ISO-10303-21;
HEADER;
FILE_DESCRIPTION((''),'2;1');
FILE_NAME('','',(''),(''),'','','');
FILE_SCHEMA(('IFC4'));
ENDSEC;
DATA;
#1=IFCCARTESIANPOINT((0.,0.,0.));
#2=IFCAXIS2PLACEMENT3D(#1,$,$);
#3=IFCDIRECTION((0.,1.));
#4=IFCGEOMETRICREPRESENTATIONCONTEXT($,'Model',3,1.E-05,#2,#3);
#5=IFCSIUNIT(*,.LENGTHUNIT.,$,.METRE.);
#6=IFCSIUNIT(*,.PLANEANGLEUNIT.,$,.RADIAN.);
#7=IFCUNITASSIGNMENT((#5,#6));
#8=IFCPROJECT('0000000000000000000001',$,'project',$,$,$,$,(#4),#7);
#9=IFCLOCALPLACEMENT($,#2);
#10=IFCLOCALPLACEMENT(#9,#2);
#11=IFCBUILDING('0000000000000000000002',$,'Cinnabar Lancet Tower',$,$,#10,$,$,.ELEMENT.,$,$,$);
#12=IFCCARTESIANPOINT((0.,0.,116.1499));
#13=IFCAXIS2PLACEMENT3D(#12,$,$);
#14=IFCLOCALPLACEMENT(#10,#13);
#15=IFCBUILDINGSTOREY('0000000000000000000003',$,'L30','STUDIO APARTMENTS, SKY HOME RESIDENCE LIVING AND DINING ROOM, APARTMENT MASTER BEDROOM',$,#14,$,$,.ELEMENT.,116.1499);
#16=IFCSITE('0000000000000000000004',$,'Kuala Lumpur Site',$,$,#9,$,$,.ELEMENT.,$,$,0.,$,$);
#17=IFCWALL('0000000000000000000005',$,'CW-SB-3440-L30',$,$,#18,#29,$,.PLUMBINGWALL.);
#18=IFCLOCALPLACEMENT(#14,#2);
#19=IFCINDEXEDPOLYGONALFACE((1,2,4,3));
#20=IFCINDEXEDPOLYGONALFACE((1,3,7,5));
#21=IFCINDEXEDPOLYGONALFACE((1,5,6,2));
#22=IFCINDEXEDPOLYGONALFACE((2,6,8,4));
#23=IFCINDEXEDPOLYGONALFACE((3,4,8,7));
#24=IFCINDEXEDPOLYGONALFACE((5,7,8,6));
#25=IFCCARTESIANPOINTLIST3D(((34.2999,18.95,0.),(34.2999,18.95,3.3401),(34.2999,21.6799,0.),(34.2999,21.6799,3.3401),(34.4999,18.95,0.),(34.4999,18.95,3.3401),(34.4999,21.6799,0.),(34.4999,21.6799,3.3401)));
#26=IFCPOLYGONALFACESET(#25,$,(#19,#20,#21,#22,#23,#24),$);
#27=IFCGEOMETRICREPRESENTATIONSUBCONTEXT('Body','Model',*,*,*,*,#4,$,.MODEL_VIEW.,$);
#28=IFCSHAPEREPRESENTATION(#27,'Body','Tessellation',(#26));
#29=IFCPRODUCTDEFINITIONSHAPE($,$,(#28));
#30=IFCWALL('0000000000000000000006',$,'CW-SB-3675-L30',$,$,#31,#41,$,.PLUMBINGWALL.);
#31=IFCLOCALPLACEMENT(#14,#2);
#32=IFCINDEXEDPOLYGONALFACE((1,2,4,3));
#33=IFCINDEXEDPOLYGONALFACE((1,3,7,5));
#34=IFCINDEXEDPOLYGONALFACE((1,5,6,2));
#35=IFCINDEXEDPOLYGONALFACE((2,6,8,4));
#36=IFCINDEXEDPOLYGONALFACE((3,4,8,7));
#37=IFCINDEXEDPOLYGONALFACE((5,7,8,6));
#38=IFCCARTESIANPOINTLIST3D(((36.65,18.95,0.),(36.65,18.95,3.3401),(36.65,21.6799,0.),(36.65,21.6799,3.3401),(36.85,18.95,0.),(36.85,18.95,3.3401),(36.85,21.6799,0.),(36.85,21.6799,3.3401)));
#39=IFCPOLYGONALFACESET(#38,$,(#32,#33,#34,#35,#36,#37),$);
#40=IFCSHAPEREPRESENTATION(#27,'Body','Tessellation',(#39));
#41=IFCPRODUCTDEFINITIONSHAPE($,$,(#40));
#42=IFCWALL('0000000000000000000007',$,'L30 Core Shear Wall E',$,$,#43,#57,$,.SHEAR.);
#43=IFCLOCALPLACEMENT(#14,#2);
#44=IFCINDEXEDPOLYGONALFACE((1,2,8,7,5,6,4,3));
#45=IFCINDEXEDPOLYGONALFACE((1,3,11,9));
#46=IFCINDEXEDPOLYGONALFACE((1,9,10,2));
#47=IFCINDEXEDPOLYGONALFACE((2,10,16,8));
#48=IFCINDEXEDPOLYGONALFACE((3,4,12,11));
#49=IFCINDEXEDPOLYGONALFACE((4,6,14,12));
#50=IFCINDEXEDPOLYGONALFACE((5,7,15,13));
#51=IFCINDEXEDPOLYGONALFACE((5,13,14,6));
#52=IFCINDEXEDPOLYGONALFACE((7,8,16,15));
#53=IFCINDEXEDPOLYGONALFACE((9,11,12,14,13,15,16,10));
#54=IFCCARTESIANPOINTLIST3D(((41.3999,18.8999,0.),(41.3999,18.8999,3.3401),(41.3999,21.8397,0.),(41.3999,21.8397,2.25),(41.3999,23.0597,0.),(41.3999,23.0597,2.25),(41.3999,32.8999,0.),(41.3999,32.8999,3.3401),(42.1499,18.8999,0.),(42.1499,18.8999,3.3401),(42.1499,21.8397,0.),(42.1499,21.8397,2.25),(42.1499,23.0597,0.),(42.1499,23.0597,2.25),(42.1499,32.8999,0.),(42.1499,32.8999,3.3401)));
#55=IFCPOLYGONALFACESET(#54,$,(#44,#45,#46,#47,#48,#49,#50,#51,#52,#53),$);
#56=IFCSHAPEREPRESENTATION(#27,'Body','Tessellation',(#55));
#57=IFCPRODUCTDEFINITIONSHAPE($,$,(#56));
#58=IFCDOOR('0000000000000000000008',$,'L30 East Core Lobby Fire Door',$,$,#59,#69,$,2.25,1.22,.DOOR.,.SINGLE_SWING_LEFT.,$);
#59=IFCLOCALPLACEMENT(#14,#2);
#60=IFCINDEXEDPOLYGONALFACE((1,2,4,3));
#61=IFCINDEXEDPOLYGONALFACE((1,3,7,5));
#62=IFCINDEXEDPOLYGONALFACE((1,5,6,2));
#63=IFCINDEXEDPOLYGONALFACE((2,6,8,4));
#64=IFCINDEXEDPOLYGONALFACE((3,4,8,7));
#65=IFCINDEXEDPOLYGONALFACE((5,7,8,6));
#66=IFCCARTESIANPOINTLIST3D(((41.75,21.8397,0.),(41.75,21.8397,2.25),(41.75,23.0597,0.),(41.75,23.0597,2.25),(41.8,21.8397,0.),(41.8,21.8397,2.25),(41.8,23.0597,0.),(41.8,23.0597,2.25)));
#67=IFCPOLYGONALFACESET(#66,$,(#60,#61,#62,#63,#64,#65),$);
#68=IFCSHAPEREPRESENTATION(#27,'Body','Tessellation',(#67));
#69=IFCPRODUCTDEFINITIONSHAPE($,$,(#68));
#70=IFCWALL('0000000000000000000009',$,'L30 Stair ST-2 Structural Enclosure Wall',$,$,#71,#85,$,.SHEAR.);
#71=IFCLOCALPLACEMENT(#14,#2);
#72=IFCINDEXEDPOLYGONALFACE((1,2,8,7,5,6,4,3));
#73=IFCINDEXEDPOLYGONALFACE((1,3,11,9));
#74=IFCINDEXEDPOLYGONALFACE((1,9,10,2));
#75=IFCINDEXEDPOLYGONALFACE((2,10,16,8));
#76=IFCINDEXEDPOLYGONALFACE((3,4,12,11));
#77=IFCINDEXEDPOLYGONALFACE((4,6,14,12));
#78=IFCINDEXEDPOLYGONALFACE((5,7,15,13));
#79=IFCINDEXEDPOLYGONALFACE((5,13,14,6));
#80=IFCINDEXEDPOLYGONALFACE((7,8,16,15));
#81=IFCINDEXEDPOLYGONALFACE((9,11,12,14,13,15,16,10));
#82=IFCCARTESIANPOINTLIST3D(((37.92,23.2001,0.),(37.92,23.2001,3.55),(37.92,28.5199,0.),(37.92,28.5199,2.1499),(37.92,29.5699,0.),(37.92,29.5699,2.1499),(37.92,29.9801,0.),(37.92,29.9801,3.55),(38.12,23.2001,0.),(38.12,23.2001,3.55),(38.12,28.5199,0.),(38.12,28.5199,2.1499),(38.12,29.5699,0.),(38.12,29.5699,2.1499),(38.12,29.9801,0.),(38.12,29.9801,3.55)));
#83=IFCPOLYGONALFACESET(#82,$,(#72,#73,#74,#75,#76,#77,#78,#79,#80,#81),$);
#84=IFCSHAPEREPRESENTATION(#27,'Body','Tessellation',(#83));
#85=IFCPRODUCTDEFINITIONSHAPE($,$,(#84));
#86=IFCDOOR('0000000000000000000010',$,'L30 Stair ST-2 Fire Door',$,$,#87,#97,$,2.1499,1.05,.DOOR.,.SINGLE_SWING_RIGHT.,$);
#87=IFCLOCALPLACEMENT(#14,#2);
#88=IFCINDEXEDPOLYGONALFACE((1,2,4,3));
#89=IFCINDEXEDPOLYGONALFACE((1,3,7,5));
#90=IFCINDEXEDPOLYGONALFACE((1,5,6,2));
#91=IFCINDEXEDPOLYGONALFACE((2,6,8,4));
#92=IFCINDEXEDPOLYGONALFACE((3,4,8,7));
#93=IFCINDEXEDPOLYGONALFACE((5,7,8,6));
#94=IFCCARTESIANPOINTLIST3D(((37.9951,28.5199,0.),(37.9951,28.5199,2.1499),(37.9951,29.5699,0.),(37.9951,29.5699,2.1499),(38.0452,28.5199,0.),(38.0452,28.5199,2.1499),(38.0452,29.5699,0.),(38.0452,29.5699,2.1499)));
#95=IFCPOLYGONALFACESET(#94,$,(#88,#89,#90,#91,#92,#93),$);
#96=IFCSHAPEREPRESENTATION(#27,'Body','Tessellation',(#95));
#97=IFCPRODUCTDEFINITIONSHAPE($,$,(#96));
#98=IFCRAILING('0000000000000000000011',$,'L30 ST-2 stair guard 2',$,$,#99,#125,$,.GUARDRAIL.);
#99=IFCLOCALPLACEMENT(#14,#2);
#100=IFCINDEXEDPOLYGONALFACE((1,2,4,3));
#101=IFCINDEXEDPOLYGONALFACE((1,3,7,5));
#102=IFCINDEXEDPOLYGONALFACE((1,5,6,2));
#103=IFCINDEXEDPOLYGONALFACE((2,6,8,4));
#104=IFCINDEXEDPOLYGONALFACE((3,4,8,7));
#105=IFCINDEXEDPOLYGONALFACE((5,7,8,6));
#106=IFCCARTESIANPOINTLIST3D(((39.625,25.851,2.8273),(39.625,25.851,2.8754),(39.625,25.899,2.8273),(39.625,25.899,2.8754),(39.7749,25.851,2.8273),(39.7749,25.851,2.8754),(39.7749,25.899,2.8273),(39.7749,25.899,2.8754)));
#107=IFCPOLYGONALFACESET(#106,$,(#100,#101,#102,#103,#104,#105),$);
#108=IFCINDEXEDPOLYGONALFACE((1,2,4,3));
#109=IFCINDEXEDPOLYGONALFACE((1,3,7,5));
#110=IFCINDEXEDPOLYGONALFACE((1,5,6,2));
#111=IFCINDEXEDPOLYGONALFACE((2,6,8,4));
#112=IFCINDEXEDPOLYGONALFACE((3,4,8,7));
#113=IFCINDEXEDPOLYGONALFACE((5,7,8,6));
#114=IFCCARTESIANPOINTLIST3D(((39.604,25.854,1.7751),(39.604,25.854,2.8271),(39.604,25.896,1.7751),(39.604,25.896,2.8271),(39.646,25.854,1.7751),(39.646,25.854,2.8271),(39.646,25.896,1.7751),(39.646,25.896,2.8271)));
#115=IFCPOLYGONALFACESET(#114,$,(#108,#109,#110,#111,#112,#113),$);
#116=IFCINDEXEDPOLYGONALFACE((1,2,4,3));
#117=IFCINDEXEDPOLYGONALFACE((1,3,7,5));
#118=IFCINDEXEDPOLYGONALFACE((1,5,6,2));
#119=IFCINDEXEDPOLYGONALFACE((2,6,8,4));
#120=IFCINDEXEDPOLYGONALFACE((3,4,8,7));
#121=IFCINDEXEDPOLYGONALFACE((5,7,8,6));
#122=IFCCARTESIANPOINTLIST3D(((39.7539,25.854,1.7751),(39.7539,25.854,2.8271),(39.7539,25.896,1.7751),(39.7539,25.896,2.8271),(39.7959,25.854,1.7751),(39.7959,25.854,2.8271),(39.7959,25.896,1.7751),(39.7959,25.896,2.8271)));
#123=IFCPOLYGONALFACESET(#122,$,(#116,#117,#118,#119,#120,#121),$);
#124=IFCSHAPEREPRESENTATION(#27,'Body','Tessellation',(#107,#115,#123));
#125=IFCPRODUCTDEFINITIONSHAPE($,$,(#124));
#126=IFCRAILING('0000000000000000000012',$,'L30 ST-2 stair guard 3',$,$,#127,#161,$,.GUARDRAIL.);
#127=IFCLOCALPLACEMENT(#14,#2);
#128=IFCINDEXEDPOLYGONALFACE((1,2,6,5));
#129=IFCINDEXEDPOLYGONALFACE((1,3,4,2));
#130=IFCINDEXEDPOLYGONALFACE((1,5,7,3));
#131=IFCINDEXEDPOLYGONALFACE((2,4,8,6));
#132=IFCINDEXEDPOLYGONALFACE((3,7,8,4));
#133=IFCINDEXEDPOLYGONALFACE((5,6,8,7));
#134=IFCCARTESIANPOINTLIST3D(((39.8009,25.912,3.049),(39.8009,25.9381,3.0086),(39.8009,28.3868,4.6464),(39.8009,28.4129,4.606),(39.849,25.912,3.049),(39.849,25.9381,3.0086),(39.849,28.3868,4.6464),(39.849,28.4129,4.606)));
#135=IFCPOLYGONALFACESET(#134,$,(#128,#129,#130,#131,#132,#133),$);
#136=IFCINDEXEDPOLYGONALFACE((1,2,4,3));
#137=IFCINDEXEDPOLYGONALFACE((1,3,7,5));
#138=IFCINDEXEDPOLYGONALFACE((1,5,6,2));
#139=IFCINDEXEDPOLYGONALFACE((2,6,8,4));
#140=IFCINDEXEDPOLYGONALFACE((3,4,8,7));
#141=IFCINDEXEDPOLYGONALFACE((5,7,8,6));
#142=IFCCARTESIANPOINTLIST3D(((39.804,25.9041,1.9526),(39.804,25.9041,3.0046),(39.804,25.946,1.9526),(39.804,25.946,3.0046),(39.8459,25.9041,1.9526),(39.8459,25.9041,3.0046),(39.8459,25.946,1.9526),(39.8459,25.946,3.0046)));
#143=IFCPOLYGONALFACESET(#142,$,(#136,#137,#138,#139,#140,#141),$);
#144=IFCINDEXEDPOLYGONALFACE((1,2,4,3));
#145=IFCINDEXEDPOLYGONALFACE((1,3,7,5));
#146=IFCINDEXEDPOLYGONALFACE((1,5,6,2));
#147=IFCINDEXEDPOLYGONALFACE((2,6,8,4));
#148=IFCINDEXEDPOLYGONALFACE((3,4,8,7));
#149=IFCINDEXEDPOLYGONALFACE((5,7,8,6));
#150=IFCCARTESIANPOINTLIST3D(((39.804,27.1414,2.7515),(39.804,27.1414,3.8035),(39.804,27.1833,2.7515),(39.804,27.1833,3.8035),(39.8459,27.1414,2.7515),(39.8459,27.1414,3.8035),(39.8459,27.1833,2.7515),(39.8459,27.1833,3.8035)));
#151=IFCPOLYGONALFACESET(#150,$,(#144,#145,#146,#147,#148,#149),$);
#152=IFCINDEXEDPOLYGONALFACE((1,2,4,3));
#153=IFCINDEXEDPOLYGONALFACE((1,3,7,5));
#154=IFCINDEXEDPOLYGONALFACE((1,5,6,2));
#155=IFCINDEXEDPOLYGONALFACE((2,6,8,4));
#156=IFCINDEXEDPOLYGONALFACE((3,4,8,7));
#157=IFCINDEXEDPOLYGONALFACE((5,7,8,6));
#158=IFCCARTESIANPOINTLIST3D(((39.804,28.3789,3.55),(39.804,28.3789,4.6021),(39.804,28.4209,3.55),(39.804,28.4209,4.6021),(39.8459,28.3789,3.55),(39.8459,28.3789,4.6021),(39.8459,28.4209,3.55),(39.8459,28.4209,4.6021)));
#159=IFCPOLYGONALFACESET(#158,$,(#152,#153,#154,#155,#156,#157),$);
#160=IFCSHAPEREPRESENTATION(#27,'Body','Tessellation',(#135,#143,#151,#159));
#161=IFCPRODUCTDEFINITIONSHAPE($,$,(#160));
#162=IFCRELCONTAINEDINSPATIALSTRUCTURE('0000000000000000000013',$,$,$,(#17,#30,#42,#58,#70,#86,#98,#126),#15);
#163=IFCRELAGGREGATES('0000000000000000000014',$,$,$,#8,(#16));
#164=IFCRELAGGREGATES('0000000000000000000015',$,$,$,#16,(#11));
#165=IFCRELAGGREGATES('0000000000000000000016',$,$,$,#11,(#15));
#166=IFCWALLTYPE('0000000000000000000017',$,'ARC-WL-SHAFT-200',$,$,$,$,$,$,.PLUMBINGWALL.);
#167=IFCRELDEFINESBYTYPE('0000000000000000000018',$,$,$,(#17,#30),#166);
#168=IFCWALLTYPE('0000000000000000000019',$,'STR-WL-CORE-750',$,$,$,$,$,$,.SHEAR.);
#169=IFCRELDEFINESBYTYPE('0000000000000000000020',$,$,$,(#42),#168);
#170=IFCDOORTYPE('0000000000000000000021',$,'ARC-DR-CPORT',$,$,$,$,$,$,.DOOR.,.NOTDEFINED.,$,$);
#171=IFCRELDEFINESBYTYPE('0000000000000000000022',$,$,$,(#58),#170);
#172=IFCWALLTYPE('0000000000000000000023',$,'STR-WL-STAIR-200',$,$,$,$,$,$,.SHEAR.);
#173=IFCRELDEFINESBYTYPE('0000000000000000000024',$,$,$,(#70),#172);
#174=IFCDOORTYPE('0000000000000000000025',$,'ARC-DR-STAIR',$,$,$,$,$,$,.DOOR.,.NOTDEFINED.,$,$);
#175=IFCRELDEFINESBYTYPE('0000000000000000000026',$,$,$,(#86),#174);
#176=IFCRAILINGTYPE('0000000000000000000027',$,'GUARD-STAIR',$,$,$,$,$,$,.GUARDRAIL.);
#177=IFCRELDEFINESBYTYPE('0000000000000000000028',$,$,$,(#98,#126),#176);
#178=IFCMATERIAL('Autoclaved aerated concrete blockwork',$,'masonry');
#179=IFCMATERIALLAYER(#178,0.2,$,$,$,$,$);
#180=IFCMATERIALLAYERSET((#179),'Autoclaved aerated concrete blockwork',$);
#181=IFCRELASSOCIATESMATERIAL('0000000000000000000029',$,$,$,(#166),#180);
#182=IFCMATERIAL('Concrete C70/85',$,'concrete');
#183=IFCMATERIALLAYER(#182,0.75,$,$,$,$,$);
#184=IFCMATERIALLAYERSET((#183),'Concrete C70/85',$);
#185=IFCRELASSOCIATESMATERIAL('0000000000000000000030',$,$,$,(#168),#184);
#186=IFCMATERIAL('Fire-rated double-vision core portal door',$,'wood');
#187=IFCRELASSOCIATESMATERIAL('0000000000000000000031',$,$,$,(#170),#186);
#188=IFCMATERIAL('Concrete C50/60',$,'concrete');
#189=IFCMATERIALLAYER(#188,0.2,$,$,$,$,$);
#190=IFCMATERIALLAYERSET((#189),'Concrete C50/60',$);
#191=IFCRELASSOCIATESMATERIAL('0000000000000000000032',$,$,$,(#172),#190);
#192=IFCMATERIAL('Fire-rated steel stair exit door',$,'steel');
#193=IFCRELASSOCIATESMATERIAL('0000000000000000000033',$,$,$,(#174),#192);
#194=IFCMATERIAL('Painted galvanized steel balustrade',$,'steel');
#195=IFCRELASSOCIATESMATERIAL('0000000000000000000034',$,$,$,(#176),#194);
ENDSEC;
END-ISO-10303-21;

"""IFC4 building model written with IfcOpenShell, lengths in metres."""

from ifc_helpers import new_model, si_unit, direction, frame, frame_2d, origin, origin_2d, place, context, subcontext, project, spatial, rectangle, extrude, material, layer, layer_set, type_object, element, fill, save


model = new_model("IFC4")

# Units and contexts
model_context = context("Model", 3, precision=1e-05, world=origin(), true_north=direction((0.0, 1.0)))
body_context = subcontext(model_context, "Body", "Model", "MODEL_VIEW")
ifc_project = project(units=[si_unit("LENGTHUNIT", "METRE"), si_unit("PLANEANGLEUNIT", "RADIAN")], contexts=[model_context])

# Site, building, storey
site_placement = place(None, origin())
site = spatial("IfcSite", under=ifc_project, at=site_placement, Name="Kuala Lumpur Site", CompositionType="ELEMENT", RefElevation=0.0)
building_placement = place(site_placement, origin())
building = spatial("IfcBuilding", under=site, at=building_placement, Name="Cinnabar Lancet Tower", CompositionType="ELEMENT")
storey_placement = place(building_placement, frame((0.0, 0.0, 116.1499)))
storey = spatial("IfcBuildingStorey", under=building, at=storey_placement, Name="L30", Description="STUDIO APARTMENTS, SKY HOME RESIDENCE LIVING AND DINING ROOM, APARTMENT MASTER BEDROOM", CompositionType="ELEMENT", Elevation=116.1499)

# Shared definitions
ifc_material_1 = material(Name="Autoclaved aerated concrete blockwork", Category="masonry")
ifc_layer_1 = layer(ifc_material_1, 0.2)
ifc_layer_set_1 = layer_set([ifc_layer_1], Name="Autoclaved aerated concrete blockwork")
wall_type_1 = type_object("IfcWallType", Name="ARC-WL-SHAFT-200", PredefinedType="PLUMBINGWALL", material=ifc_layer_set_1)

# Walls
for number, where, z_axis, x_axis, name in (
    (1, (34.3999, 18.95, 0.0), (0.0, 0.0, 1.0), (0.0, 1.0, 0.0), "CW-SB-3440-L30"),
    (2, (36.75, 18.95, 0.0), (0.0, 0.0, 1.0), (0.0, 1.0, 0.0), "CW-SB-3675-L30"),
):
    element("IfcWall", number, at=place(storey_placement, frame(where, z_axis=z_axis, x_axis=x_axis)), inside=storey, type_object=wall_type_1, Name=name, PredefinedType="PLUMBINGWALL", context=body_context, shape_type="SweptSolid", body=[
        extrude(rectangle(XDim=2.73, YDim=0.2, at=frame_2d((1.365, 0.0))), origin(), (0.0, 0.0, 1.0), 3.3401),
    ])

# Walls, openings, doors
ifc_material_2 = material(Name="Concrete C70/85", Category="concrete")
ifc_layer_2 = layer(ifc_material_2, 0.75)
ifc_layer_set_2 = layer_set([ifc_layer_2], Name="Concrete C70/85")
wall_type_2 = type_object("IfcWallType", Name="STR-WL-CORE-750", PredefinedType="SHEAR", material=ifc_layer_set_2)
wall_1_placement = place(storey_placement, frame((41.7749, 18.8999, 0.0), z_axis=(0.0, 0.0, 1.0), x_axis=(0.0, 1.0, 0.0)))
wall_1 = element("IfcWall", 3, at=wall_1_placement, inside=storey, type_object=wall_type_2, Name="L30 Core Shear Wall E", PredefinedType="SHEAR", context=body_context, shape_type="SweptSolid", body=[
    extrude(rectangle(XDim=14.0, YDim=0.75, at=frame_2d((7.0, 0.0))), origin(), (0.0, 0.0, 1.0), 3.3401),
])
opening_1_placement = place(wall_1_placement, frame((2.9399, 0.0, 0.0)))
opening_1 = element("IfcOpeningElement", 4, at=opening_1_placement, cuts=wall_1, PredefinedType="OPENING", context=body_context, shape_type="SweptSolid", body=[
    extrude(rectangle(XDim=1.22, YDim=2.25, at=frame_2d((0.6099, 1.125))), frame((0.0, 0.385, 0.0), z_axis=(0.0, -1.0, 0.0), x_axis=(1.0, 0.0, 0.0)), (0.0, 0.0, 1.0), 0.77),
])
ifc_material_3 = material(Name="Fire-rated double-vision core portal door", Category="wood")
door_type_1 = type_object("IfcDoorType", Name="ARC-DR-CPORT", OperationType="NOTDEFINED", PredefinedType="DOOR", material=ifc_material_3)
door_1_placement = place(opening_1_placement, origin())
door_1 = element("IfcDoor", 5, at=door_1_placement, inside=storey, type_object=door_type_1, Name="L30 East Core Lobby Fire Door", OperationType="SINGLE_SWING_LEFT", OverallHeight=2.25, OverallWidth=1.22, PredefinedType="DOOR", context=body_context, shape_type="SweptSolid", body=[
    extrude(rectangle(XDim=1.22, YDim=2.25, at=frame_2d((0.6099, 1.125))), frame((0.0, 0.0249, 0.0), z_axis=(0.0, -1.0, 0.0), x_axis=(1.0, 0.0, 0.0)), (0.0, 0.0, 1.0), 0.05),
])
fill(opening_1, door_1)
ifc_material_4 = material(Name="Concrete C50/60", Category="concrete")
ifc_layer_3 = layer(ifc_material_4, 0.2)
ifc_layer_set_3 = layer_set([ifc_layer_3], Name="Concrete C50/60")
wall_type_3 = type_object("IfcWallType", Name="STR-WL-STAIR-200", PredefinedType="SHEAR", material=ifc_layer_set_3)
wall_2_placement = place(storey_placement, frame((38.02, 23.2, 0.0), z_axis=(0.0, 0.0, 1.0), x_axis=(0.0, 1.0, 0.0)))
wall_2 = element("IfcWall", 6, at=wall_2_placement, inside=storey, type_object=wall_type_3, Name="L30 Stair ST-2 Structural Enclosure Wall", PredefinedType="SHEAR", context=body_context, shape_type="SweptSolid", body=[
    extrude(rectangle(XDim=6.78, YDim=0.2, at=frame_2d((3.3901, 0.0))), origin(), (0.0, 0.0, 1.0), 3.55),
])
opening_2_placement = place(wall_2_placement, frame((5.3201, 0.0, 0.0)))
opening_2 = element("IfcOpeningElement", 7, at=opening_2_placement, cuts=wall_2, PredefinedType="OPENING", context=body_context, shape_type="SweptSolid", body=[
    extrude(rectangle(XDim=1.05, YDim=2.1499, at=frame_2d((0.5249, 1.075))), frame((0.0, 0.1099, 0.0), z_axis=(0.0, -1.0, 0.0), x_axis=(1.0, 0.0, 0.0)), (0.0, 0.0, 1.0), 0.22),
])
ifc_material_5 = material(Name="Fire-rated steel stair exit door", Category="steel")
door_type_2 = type_object("IfcDoorType", Name="ARC-DR-STAIR", OperationType="NOTDEFINED", PredefinedType="DOOR", material=ifc_material_5)
door_2_placement = place(opening_2_placement, origin())
door_2 = element("IfcDoor", 8, at=door_2_placement, inside=storey, type_object=door_type_2, Name="L30 Stair ST-2 Fire Door", OperationType="SINGLE_SWING_RIGHT", OverallHeight=2.1499, OverallWidth=1.05, PredefinedType="DOOR", context=body_context, shape_type="SweptSolid", body=[
    extrude(rectangle(XDim=1.05, YDim=2.1499, at=frame_2d((0.5249, 1.075))), frame((0.0, 0.0249, 0.0), z_axis=(0.0, -1.0, 0.0), x_axis=(1.0, 0.0, 0.0)), (0.0, 0.0, 1.0), 0.05),
])
fill(opening_2, door_2)

# Railings
ifc_material_6 = material(Name="Painted galvanized steel balustrade", Category="steel")
railing_type = type_object("IfcRailingType", Name="GUARD-STAIR", PredefinedType="GUARDRAIL", material=ifc_material_6)
railing_1_placement = place(storey_placement, frame((39.625, 25.875, 1.7751)))
element("IfcRailing", 9, at=railing_1_placement, inside=storey, type_object=railing_type, Name="L30 ST-2 stair guard 2", PredefinedType="GUARDRAIL", context=body_context, shape_type="SweptSolid", body=[
    extrude(rectangle(XDim=0.0481, YDim=0.0481, at=origin_2d()), frame((0.0, 0.0, 1.0762), z_axis=(1.0, 0.0, 0.0), x_axis=(0.0, 1.0, 0.0)), (0.0, 0.0, 1.0), 0.1499),
    extrude(rectangle(XDim=0.042, YDim=0.042, at=origin_2d()), origin(), (0.0, 0.0, 1.0), 1.052),
    extrude(rectangle(XDim=0.042, YDim=0.042, at=origin_2d()), frame((0.1499, 0.0, 0.0)), (0.0, 0.0, 1.0), 1.052),
])
railing_2_placement = place(storey_placement, frame((39.825, 25.925, 1.9526)))
element("IfcRailing", 10, at=railing_2_placement, inside=storey, type_object=railing_type, Name="L30 ST-2 stair guard 3", PredefinedType="GUARDRAIL", context=body_context, shape_type="SweptSolid", body=[
    extrude(rectangle(XDim=0.0481, YDim=0.0481, at=origin_2d()), frame((0.0, 0.0, 1.0762), z_axis=(0.0, 0.840183, 0.542302), x_axis=(-1.0, 0.0, 0.0)), (0.0, 0.0, 1.0), 2.9456),
    extrude(rectangle(XDim=0.042, YDim=0.042, at=origin_2d()), origin(), (0.0, 0.0, 1.0), 1.052),
    extrude(rectangle(XDim=0.042, YDim=0.042, at=origin_2d()), frame((0.0, 1.2373, 0.7988)), (0.0, 0.0, 1.0), 1.052),
    extrude(rectangle(XDim=0.042, YDim=0.042, at=origin_2d()), frame((0.0, 2.4749, 1.5974)), (0.0, 0.0, 1.0), 1.052),
])

save(model, "model.ifc")
